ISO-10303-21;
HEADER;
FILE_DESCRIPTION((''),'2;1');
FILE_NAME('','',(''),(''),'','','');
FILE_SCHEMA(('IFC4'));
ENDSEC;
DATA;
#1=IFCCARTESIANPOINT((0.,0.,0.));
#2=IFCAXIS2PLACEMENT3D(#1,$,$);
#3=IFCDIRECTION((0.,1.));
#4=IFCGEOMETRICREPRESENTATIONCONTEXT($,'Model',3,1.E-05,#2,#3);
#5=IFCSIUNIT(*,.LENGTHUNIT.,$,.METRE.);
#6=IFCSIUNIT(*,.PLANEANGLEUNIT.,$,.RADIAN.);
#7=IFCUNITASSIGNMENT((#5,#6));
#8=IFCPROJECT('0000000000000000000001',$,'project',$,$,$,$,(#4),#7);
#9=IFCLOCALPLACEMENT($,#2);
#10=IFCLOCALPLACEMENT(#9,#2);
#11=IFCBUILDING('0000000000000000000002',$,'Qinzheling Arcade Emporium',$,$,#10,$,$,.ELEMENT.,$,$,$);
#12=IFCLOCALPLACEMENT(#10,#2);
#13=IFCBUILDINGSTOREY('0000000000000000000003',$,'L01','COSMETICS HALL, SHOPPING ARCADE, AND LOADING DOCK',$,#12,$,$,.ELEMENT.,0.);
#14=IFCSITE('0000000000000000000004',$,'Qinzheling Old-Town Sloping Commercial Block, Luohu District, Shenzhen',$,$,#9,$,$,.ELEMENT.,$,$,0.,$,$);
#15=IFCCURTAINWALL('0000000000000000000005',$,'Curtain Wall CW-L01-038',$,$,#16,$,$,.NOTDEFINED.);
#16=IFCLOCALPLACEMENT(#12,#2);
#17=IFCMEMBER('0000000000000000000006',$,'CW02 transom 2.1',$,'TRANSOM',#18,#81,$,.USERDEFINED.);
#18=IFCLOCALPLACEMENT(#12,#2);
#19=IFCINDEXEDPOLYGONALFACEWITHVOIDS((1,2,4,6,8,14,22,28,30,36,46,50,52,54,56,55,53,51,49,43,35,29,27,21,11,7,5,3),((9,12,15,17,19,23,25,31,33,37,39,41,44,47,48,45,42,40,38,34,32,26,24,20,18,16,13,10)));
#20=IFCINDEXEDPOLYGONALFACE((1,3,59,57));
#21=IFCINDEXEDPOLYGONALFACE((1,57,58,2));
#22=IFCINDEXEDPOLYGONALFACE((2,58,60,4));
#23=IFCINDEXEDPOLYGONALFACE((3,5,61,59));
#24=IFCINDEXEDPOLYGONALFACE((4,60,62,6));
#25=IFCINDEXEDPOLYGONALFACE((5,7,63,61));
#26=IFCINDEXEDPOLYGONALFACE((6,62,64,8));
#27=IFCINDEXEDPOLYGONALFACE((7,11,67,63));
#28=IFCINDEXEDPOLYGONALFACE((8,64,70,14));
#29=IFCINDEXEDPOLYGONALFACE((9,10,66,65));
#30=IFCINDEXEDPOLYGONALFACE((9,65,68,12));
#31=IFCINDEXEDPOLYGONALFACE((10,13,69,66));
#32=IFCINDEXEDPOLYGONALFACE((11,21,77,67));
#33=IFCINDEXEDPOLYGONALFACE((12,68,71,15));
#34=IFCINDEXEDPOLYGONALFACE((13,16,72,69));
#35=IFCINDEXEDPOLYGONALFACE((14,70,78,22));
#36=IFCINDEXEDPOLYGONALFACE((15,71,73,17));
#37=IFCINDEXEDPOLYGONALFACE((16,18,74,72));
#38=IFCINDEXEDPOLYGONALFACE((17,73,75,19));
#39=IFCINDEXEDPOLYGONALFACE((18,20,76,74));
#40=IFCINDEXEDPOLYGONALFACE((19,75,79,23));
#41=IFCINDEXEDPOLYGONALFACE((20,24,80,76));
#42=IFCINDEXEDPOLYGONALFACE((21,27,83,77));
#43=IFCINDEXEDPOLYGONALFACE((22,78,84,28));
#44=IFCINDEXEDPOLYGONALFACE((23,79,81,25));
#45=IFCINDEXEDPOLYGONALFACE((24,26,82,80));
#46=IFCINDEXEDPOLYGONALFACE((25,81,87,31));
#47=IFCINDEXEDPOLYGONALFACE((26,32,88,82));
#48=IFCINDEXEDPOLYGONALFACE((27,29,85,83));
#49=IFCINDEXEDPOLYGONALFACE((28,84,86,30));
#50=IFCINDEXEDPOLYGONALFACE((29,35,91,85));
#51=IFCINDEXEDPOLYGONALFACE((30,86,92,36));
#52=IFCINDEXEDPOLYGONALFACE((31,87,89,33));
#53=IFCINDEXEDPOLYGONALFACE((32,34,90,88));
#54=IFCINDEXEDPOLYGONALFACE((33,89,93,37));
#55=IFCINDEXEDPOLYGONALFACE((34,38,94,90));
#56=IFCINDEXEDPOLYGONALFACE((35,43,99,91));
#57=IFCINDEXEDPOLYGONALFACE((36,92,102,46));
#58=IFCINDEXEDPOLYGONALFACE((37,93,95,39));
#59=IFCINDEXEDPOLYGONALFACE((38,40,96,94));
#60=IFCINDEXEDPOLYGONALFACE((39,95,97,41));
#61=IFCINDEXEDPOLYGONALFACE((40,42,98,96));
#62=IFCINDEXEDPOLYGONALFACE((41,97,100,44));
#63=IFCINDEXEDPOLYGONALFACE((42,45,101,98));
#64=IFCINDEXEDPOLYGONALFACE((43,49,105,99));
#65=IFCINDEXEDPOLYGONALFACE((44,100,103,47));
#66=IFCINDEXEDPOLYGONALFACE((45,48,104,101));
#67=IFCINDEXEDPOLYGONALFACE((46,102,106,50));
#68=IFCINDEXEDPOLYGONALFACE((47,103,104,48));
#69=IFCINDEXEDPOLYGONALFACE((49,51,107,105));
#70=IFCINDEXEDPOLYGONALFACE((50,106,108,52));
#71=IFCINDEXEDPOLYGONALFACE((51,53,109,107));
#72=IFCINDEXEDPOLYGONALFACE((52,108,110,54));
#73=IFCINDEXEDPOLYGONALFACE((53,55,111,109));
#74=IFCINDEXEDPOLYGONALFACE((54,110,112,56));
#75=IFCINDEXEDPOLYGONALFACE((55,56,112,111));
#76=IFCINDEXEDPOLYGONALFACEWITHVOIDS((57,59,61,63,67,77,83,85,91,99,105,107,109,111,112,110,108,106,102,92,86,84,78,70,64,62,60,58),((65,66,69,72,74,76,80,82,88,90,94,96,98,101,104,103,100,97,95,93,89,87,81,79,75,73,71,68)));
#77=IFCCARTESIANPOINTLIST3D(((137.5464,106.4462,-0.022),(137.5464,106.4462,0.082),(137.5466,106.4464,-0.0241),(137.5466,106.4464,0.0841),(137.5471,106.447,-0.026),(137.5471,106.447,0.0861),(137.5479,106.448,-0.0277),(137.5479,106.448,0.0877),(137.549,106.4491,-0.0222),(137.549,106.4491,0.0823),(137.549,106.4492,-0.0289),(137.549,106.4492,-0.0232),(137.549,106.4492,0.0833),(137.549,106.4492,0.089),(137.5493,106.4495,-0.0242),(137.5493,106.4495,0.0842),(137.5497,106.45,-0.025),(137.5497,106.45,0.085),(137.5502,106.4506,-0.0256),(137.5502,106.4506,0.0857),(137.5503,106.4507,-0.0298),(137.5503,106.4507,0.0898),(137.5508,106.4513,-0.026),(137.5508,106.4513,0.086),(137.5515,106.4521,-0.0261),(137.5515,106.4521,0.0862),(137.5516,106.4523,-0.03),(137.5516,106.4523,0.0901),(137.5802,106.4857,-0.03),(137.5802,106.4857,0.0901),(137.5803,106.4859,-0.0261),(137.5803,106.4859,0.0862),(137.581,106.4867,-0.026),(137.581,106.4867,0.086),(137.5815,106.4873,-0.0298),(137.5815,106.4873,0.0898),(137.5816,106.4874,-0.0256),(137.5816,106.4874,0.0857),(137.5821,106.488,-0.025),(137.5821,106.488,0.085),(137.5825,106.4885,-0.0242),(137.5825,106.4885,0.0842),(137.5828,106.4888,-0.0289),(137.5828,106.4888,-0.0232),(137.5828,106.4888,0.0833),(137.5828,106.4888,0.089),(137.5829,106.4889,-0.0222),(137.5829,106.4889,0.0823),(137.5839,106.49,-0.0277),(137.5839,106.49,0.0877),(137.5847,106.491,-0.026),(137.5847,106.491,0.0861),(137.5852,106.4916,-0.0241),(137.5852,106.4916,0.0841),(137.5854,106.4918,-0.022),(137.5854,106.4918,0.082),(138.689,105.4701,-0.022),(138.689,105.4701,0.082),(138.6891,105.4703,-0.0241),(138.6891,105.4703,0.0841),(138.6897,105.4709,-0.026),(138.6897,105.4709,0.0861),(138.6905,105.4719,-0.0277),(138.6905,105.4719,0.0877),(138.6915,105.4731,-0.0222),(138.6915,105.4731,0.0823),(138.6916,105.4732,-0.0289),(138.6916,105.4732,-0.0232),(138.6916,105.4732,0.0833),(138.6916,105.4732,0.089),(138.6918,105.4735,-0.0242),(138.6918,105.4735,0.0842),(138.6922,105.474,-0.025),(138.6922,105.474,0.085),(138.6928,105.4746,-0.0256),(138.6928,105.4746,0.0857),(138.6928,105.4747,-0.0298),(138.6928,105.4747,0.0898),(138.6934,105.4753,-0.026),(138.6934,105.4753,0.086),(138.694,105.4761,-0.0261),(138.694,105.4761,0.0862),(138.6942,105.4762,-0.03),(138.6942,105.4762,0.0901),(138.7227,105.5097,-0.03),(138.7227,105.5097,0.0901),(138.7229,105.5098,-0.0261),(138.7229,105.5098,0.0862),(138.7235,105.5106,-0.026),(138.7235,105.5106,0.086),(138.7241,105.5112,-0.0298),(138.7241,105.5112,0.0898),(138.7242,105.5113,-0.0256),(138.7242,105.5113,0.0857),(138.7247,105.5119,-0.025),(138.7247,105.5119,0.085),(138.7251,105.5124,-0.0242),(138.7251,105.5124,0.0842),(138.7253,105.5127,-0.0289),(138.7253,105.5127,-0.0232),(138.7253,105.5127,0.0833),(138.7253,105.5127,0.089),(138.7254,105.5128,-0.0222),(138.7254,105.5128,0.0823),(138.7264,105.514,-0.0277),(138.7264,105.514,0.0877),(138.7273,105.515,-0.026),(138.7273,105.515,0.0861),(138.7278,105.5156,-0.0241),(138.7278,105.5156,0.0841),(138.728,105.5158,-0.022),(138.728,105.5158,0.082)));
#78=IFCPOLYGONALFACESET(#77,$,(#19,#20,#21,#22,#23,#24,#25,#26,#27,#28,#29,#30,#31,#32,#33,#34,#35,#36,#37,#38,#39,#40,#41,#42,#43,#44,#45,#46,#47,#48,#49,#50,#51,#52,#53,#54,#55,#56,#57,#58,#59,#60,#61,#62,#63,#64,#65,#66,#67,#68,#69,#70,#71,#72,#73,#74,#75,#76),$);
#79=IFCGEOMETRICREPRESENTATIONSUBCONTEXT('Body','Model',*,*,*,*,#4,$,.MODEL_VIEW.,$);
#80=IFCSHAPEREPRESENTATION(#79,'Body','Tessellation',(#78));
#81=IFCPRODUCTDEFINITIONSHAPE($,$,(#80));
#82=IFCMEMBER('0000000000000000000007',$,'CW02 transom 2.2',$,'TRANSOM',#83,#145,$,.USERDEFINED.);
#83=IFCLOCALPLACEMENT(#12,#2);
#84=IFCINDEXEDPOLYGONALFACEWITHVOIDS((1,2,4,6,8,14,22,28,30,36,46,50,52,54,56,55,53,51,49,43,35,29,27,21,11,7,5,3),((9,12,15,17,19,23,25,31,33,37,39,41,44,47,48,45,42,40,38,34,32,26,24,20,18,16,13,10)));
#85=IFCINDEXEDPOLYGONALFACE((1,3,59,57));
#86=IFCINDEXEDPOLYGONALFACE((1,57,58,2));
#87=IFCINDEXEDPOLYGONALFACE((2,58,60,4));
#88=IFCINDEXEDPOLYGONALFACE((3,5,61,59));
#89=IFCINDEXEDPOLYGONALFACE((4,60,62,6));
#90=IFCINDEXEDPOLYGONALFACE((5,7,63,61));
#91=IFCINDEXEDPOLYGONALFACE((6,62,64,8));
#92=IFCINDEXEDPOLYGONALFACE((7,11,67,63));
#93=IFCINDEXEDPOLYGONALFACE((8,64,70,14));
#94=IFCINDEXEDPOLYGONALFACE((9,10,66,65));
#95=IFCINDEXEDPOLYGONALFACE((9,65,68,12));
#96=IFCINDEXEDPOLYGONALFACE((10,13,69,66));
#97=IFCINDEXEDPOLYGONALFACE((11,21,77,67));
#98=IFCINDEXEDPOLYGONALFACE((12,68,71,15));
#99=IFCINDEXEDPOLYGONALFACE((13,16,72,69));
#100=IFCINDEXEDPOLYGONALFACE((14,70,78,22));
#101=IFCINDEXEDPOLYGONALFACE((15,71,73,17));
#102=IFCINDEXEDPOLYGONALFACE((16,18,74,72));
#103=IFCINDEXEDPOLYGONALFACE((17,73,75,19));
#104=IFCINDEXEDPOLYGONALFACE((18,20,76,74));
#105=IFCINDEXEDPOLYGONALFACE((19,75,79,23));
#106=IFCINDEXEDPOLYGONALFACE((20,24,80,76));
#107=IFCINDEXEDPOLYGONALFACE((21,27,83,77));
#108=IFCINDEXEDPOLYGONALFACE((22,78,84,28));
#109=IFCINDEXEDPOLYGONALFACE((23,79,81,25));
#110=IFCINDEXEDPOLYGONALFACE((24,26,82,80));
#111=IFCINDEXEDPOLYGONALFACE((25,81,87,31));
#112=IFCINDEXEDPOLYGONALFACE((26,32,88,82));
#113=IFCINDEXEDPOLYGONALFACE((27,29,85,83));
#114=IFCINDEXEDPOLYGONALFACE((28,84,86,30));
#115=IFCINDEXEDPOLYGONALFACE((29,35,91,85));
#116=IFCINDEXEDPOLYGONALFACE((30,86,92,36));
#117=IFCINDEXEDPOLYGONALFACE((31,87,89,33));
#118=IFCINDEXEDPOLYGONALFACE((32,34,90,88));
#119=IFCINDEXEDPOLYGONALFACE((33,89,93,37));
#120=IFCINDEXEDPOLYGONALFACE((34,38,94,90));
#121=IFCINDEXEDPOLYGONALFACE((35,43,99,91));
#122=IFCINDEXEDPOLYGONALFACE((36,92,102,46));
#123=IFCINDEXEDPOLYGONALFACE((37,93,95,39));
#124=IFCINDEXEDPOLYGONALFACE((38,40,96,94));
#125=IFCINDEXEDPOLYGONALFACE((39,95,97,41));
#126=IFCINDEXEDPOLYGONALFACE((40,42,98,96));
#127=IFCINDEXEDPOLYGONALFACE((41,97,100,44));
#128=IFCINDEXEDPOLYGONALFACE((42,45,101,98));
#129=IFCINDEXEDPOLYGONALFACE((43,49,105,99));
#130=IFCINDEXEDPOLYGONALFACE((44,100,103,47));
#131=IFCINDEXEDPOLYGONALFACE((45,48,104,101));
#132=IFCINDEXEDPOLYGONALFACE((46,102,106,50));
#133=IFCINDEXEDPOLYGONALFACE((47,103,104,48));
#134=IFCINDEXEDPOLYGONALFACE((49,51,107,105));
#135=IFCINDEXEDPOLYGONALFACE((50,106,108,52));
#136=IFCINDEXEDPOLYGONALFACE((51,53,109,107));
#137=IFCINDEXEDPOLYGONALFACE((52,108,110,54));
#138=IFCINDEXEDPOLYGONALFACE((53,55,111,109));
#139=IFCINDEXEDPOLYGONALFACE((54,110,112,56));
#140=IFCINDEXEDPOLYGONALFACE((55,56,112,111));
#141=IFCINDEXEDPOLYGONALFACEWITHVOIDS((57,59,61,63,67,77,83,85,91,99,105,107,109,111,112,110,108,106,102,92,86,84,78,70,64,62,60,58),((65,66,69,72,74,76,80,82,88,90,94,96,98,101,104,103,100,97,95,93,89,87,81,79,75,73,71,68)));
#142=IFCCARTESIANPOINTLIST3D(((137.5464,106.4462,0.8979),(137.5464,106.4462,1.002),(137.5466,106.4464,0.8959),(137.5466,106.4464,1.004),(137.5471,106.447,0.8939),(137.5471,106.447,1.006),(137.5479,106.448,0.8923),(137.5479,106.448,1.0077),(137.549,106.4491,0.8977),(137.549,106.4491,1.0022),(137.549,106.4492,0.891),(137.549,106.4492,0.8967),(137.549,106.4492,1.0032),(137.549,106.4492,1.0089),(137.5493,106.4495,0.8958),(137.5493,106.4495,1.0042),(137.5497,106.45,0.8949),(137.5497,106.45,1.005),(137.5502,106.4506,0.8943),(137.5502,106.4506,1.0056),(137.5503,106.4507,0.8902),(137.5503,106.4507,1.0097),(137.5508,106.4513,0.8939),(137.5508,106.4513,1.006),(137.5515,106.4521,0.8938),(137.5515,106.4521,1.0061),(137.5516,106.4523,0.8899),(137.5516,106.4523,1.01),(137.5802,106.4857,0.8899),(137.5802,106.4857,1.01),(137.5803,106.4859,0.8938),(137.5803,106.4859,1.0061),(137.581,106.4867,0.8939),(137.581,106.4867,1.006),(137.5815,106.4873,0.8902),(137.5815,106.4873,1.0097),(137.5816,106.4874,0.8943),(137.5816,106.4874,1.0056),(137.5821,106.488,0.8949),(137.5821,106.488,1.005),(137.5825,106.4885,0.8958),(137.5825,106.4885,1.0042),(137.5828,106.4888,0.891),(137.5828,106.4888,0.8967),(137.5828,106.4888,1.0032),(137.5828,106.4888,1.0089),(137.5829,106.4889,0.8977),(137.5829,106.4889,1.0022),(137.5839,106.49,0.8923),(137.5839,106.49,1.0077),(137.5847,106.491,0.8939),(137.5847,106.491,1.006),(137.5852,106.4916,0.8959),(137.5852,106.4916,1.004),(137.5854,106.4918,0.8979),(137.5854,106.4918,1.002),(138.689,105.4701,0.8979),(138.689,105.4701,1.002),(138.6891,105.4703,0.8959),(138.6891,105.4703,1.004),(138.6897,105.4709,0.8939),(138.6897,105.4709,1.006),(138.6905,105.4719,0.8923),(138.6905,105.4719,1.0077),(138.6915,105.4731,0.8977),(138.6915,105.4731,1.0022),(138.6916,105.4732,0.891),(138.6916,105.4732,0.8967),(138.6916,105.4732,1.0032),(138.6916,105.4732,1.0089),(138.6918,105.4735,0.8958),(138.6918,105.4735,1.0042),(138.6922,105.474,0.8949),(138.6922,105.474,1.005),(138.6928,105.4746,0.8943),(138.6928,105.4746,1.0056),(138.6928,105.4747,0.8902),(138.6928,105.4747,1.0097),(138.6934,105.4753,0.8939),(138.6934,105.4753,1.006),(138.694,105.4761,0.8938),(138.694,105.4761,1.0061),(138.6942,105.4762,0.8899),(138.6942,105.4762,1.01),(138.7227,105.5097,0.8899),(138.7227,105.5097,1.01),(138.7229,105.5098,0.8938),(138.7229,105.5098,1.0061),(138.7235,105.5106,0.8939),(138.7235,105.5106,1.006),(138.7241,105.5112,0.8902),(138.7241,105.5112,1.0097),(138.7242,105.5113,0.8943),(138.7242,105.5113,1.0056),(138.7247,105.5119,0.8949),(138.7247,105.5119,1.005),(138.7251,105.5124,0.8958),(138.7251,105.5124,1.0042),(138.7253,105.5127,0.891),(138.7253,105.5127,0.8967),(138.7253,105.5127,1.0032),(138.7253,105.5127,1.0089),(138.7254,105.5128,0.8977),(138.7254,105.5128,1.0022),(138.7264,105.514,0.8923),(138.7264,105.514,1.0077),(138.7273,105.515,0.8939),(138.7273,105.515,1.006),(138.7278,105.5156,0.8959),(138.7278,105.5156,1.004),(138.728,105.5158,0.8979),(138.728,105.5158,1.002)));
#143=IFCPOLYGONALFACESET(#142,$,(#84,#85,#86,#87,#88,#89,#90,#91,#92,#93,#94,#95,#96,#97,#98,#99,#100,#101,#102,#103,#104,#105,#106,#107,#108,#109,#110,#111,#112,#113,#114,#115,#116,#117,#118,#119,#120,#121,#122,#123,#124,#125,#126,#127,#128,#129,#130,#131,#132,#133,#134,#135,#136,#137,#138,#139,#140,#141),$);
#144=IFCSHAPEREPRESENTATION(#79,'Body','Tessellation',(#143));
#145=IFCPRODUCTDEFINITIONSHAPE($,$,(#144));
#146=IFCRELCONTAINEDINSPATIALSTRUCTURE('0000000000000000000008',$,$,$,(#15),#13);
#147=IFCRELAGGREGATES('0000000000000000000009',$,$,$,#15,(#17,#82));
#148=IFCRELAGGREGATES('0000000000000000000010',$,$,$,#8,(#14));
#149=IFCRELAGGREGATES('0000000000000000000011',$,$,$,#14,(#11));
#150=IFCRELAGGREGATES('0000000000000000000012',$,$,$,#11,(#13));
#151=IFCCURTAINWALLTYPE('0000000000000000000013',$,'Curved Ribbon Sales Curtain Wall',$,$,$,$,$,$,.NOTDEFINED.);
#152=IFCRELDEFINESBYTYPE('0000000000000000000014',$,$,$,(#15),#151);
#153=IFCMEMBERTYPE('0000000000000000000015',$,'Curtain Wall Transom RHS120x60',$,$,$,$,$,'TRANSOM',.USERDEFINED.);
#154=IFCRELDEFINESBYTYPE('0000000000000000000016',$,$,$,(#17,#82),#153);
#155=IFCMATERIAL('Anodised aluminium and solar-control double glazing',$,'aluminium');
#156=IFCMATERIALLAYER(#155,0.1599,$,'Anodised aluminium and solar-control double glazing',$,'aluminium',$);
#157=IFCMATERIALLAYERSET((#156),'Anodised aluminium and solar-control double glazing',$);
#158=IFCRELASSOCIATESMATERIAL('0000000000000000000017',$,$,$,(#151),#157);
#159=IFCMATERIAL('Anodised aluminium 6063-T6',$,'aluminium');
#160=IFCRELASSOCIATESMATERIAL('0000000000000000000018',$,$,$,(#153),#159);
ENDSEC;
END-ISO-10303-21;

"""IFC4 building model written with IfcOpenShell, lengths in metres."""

from ifc_helpers import new_model, si_unit, direction, frame, origin, origin_2d, place, context, subcontext, project, spatial, hollow_rectangle, extrude, material, layer, layer_set, material_profile, profile_set, type_object, element, aggregate, save


model = new_model("IFC4")

# Units and contexts
model_context = context("Model", 3, precision=1e-05, world=origin(), true_north=direction((0.0, 1.0)))
body_context = subcontext(model_context, "Body", "Model", "MODEL_VIEW")
ifc_project = project(units=[si_unit("LENGTHUNIT", "METRE"), si_unit("PLANEANGLEUNIT", "RADIAN")], contexts=[model_context])

# Site, building, storey
site_placement = place(None, origin())
site = spatial("IfcSite", under=ifc_project, at=site_placement, Name="Qinzheling Old-Town Sloping Commercial Block, Luohu District, Shenzhen", CompositionType="ELEMENT", RefElevation=0.0)
building_placement = place(site_placement, origin())
building = spatial("IfcBuilding", under=site, at=building_placement, Name="Qinzheling Arcade Emporium", CompositionType="ELEMENT")
storey_placement = place(building_placement, origin())
storey = spatial("IfcBuildingStorey", under=building, at=storey_placement, Name="L01", Description="COSMETICS HALL, SHOPPING ARCADE, AND LOADING DOCK", CompositionType="ELEMENT", Elevation=0.0)

# Curtain wall
ifc_material_1 = material(Name="Anodised aluminium and solar-control double glazing", Category="aluminium")
ifc_layer_1 = layer(ifc_material_1, 0.1599, Name="Anodised aluminium and solar-control double glazing", Category="aluminium")
ifc_layer_set_1 = layer_set([ifc_layer_1], Name="Anodised aluminium and solar-control double glazing")
curtain_wall_type = type_object("IfcCurtainWallType", Name="Curved Ribbon Sales Curtain Wall", PredefinedType="NOTDEFINED", material=ifc_layer_set_1)
curtain_wall_1_placement = place(storey_placement, origin())
curtain_wall_1 = element("IfcCurtainWall", 1, at=curtain_wall_1_placement, inside=storey, type_object=curtain_wall_type, Name="Curtain Wall CW-L01-038", PredefinedType="NOTDEFINED")
ifc_material_2 = material(Name="Anodised aluminium 6063-T6", Category="aluminium")

# Members
ifc_material_profile_1 = material_profile(ifc_material_2, hollow_rectangle(XDim=0.0601, YDim=0.1201, WallThickness=0.0039, InnerFilletRadius=0.0039, OuterFilletRadius=0.0081, at=origin_2d()), Name="RHS 120x60x4", Category="aluminium")
ifc_profile_set_1 = profile_set([ifc_material_profile_1], Name="Anodised aluminium 6063-T6")
member_type_1 = type_object("IfcMemberType", Name="Curtain Wall Transom RHS120x60", ElementType="TRANSOM", PredefinedType="USERDEFINED", material=ifc_profile_set_1)
member_1_placement = place(storey_placement, frame((137.5659, 106.469, 0.03), z_axis=(0.760334, -0.649533, 0.0), x_axis=(0.649533, 0.760334, 0.0)))
member_1 = element("IfcMember", 2, at=member_1_placement, type_object=member_type_1, Name="CW02 transom 2.1", ObjectType="TRANSOM", PredefinedType="USERDEFINED", context=body_context, shape_type="SweptSolid", body=[
    extrude(hollow_rectangle(XDim=0.0601, YDim=0.1201, WallThickness=0.0039, InnerFilletRadius=0.0039, OuterFilletRadius=0.0081, at=origin_2d()), origin(), (0.0, 0.0, 1.0), 1.5027),
])
member_2_placement = place(storey_placement, frame((137.5659, 106.469, 0.95), z_axis=(0.760334, -0.649533, 0.0), x_axis=(0.649533, 0.760334, 0.0)))
member_2 = element("IfcMember", 3, at=member_2_placement, type_object=member_type_1, Name="CW02 transom 2.2", ObjectType="TRANSOM", PredefinedType="USERDEFINED", context=body_context, shape_type="SweptSolid", body=[
    extrude(hollow_rectangle(XDim=0.0601, YDim=0.1201, WallThickness=0.0039, InnerFilletRadius=0.0039, OuterFilletRadius=0.0081, at=origin_2d()), origin(), (0.0, 0.0, 1.0), 1.5027),
])

aggregate(curtain_wall_1, [member_1, member_2])

save(model, "model.ifc")
